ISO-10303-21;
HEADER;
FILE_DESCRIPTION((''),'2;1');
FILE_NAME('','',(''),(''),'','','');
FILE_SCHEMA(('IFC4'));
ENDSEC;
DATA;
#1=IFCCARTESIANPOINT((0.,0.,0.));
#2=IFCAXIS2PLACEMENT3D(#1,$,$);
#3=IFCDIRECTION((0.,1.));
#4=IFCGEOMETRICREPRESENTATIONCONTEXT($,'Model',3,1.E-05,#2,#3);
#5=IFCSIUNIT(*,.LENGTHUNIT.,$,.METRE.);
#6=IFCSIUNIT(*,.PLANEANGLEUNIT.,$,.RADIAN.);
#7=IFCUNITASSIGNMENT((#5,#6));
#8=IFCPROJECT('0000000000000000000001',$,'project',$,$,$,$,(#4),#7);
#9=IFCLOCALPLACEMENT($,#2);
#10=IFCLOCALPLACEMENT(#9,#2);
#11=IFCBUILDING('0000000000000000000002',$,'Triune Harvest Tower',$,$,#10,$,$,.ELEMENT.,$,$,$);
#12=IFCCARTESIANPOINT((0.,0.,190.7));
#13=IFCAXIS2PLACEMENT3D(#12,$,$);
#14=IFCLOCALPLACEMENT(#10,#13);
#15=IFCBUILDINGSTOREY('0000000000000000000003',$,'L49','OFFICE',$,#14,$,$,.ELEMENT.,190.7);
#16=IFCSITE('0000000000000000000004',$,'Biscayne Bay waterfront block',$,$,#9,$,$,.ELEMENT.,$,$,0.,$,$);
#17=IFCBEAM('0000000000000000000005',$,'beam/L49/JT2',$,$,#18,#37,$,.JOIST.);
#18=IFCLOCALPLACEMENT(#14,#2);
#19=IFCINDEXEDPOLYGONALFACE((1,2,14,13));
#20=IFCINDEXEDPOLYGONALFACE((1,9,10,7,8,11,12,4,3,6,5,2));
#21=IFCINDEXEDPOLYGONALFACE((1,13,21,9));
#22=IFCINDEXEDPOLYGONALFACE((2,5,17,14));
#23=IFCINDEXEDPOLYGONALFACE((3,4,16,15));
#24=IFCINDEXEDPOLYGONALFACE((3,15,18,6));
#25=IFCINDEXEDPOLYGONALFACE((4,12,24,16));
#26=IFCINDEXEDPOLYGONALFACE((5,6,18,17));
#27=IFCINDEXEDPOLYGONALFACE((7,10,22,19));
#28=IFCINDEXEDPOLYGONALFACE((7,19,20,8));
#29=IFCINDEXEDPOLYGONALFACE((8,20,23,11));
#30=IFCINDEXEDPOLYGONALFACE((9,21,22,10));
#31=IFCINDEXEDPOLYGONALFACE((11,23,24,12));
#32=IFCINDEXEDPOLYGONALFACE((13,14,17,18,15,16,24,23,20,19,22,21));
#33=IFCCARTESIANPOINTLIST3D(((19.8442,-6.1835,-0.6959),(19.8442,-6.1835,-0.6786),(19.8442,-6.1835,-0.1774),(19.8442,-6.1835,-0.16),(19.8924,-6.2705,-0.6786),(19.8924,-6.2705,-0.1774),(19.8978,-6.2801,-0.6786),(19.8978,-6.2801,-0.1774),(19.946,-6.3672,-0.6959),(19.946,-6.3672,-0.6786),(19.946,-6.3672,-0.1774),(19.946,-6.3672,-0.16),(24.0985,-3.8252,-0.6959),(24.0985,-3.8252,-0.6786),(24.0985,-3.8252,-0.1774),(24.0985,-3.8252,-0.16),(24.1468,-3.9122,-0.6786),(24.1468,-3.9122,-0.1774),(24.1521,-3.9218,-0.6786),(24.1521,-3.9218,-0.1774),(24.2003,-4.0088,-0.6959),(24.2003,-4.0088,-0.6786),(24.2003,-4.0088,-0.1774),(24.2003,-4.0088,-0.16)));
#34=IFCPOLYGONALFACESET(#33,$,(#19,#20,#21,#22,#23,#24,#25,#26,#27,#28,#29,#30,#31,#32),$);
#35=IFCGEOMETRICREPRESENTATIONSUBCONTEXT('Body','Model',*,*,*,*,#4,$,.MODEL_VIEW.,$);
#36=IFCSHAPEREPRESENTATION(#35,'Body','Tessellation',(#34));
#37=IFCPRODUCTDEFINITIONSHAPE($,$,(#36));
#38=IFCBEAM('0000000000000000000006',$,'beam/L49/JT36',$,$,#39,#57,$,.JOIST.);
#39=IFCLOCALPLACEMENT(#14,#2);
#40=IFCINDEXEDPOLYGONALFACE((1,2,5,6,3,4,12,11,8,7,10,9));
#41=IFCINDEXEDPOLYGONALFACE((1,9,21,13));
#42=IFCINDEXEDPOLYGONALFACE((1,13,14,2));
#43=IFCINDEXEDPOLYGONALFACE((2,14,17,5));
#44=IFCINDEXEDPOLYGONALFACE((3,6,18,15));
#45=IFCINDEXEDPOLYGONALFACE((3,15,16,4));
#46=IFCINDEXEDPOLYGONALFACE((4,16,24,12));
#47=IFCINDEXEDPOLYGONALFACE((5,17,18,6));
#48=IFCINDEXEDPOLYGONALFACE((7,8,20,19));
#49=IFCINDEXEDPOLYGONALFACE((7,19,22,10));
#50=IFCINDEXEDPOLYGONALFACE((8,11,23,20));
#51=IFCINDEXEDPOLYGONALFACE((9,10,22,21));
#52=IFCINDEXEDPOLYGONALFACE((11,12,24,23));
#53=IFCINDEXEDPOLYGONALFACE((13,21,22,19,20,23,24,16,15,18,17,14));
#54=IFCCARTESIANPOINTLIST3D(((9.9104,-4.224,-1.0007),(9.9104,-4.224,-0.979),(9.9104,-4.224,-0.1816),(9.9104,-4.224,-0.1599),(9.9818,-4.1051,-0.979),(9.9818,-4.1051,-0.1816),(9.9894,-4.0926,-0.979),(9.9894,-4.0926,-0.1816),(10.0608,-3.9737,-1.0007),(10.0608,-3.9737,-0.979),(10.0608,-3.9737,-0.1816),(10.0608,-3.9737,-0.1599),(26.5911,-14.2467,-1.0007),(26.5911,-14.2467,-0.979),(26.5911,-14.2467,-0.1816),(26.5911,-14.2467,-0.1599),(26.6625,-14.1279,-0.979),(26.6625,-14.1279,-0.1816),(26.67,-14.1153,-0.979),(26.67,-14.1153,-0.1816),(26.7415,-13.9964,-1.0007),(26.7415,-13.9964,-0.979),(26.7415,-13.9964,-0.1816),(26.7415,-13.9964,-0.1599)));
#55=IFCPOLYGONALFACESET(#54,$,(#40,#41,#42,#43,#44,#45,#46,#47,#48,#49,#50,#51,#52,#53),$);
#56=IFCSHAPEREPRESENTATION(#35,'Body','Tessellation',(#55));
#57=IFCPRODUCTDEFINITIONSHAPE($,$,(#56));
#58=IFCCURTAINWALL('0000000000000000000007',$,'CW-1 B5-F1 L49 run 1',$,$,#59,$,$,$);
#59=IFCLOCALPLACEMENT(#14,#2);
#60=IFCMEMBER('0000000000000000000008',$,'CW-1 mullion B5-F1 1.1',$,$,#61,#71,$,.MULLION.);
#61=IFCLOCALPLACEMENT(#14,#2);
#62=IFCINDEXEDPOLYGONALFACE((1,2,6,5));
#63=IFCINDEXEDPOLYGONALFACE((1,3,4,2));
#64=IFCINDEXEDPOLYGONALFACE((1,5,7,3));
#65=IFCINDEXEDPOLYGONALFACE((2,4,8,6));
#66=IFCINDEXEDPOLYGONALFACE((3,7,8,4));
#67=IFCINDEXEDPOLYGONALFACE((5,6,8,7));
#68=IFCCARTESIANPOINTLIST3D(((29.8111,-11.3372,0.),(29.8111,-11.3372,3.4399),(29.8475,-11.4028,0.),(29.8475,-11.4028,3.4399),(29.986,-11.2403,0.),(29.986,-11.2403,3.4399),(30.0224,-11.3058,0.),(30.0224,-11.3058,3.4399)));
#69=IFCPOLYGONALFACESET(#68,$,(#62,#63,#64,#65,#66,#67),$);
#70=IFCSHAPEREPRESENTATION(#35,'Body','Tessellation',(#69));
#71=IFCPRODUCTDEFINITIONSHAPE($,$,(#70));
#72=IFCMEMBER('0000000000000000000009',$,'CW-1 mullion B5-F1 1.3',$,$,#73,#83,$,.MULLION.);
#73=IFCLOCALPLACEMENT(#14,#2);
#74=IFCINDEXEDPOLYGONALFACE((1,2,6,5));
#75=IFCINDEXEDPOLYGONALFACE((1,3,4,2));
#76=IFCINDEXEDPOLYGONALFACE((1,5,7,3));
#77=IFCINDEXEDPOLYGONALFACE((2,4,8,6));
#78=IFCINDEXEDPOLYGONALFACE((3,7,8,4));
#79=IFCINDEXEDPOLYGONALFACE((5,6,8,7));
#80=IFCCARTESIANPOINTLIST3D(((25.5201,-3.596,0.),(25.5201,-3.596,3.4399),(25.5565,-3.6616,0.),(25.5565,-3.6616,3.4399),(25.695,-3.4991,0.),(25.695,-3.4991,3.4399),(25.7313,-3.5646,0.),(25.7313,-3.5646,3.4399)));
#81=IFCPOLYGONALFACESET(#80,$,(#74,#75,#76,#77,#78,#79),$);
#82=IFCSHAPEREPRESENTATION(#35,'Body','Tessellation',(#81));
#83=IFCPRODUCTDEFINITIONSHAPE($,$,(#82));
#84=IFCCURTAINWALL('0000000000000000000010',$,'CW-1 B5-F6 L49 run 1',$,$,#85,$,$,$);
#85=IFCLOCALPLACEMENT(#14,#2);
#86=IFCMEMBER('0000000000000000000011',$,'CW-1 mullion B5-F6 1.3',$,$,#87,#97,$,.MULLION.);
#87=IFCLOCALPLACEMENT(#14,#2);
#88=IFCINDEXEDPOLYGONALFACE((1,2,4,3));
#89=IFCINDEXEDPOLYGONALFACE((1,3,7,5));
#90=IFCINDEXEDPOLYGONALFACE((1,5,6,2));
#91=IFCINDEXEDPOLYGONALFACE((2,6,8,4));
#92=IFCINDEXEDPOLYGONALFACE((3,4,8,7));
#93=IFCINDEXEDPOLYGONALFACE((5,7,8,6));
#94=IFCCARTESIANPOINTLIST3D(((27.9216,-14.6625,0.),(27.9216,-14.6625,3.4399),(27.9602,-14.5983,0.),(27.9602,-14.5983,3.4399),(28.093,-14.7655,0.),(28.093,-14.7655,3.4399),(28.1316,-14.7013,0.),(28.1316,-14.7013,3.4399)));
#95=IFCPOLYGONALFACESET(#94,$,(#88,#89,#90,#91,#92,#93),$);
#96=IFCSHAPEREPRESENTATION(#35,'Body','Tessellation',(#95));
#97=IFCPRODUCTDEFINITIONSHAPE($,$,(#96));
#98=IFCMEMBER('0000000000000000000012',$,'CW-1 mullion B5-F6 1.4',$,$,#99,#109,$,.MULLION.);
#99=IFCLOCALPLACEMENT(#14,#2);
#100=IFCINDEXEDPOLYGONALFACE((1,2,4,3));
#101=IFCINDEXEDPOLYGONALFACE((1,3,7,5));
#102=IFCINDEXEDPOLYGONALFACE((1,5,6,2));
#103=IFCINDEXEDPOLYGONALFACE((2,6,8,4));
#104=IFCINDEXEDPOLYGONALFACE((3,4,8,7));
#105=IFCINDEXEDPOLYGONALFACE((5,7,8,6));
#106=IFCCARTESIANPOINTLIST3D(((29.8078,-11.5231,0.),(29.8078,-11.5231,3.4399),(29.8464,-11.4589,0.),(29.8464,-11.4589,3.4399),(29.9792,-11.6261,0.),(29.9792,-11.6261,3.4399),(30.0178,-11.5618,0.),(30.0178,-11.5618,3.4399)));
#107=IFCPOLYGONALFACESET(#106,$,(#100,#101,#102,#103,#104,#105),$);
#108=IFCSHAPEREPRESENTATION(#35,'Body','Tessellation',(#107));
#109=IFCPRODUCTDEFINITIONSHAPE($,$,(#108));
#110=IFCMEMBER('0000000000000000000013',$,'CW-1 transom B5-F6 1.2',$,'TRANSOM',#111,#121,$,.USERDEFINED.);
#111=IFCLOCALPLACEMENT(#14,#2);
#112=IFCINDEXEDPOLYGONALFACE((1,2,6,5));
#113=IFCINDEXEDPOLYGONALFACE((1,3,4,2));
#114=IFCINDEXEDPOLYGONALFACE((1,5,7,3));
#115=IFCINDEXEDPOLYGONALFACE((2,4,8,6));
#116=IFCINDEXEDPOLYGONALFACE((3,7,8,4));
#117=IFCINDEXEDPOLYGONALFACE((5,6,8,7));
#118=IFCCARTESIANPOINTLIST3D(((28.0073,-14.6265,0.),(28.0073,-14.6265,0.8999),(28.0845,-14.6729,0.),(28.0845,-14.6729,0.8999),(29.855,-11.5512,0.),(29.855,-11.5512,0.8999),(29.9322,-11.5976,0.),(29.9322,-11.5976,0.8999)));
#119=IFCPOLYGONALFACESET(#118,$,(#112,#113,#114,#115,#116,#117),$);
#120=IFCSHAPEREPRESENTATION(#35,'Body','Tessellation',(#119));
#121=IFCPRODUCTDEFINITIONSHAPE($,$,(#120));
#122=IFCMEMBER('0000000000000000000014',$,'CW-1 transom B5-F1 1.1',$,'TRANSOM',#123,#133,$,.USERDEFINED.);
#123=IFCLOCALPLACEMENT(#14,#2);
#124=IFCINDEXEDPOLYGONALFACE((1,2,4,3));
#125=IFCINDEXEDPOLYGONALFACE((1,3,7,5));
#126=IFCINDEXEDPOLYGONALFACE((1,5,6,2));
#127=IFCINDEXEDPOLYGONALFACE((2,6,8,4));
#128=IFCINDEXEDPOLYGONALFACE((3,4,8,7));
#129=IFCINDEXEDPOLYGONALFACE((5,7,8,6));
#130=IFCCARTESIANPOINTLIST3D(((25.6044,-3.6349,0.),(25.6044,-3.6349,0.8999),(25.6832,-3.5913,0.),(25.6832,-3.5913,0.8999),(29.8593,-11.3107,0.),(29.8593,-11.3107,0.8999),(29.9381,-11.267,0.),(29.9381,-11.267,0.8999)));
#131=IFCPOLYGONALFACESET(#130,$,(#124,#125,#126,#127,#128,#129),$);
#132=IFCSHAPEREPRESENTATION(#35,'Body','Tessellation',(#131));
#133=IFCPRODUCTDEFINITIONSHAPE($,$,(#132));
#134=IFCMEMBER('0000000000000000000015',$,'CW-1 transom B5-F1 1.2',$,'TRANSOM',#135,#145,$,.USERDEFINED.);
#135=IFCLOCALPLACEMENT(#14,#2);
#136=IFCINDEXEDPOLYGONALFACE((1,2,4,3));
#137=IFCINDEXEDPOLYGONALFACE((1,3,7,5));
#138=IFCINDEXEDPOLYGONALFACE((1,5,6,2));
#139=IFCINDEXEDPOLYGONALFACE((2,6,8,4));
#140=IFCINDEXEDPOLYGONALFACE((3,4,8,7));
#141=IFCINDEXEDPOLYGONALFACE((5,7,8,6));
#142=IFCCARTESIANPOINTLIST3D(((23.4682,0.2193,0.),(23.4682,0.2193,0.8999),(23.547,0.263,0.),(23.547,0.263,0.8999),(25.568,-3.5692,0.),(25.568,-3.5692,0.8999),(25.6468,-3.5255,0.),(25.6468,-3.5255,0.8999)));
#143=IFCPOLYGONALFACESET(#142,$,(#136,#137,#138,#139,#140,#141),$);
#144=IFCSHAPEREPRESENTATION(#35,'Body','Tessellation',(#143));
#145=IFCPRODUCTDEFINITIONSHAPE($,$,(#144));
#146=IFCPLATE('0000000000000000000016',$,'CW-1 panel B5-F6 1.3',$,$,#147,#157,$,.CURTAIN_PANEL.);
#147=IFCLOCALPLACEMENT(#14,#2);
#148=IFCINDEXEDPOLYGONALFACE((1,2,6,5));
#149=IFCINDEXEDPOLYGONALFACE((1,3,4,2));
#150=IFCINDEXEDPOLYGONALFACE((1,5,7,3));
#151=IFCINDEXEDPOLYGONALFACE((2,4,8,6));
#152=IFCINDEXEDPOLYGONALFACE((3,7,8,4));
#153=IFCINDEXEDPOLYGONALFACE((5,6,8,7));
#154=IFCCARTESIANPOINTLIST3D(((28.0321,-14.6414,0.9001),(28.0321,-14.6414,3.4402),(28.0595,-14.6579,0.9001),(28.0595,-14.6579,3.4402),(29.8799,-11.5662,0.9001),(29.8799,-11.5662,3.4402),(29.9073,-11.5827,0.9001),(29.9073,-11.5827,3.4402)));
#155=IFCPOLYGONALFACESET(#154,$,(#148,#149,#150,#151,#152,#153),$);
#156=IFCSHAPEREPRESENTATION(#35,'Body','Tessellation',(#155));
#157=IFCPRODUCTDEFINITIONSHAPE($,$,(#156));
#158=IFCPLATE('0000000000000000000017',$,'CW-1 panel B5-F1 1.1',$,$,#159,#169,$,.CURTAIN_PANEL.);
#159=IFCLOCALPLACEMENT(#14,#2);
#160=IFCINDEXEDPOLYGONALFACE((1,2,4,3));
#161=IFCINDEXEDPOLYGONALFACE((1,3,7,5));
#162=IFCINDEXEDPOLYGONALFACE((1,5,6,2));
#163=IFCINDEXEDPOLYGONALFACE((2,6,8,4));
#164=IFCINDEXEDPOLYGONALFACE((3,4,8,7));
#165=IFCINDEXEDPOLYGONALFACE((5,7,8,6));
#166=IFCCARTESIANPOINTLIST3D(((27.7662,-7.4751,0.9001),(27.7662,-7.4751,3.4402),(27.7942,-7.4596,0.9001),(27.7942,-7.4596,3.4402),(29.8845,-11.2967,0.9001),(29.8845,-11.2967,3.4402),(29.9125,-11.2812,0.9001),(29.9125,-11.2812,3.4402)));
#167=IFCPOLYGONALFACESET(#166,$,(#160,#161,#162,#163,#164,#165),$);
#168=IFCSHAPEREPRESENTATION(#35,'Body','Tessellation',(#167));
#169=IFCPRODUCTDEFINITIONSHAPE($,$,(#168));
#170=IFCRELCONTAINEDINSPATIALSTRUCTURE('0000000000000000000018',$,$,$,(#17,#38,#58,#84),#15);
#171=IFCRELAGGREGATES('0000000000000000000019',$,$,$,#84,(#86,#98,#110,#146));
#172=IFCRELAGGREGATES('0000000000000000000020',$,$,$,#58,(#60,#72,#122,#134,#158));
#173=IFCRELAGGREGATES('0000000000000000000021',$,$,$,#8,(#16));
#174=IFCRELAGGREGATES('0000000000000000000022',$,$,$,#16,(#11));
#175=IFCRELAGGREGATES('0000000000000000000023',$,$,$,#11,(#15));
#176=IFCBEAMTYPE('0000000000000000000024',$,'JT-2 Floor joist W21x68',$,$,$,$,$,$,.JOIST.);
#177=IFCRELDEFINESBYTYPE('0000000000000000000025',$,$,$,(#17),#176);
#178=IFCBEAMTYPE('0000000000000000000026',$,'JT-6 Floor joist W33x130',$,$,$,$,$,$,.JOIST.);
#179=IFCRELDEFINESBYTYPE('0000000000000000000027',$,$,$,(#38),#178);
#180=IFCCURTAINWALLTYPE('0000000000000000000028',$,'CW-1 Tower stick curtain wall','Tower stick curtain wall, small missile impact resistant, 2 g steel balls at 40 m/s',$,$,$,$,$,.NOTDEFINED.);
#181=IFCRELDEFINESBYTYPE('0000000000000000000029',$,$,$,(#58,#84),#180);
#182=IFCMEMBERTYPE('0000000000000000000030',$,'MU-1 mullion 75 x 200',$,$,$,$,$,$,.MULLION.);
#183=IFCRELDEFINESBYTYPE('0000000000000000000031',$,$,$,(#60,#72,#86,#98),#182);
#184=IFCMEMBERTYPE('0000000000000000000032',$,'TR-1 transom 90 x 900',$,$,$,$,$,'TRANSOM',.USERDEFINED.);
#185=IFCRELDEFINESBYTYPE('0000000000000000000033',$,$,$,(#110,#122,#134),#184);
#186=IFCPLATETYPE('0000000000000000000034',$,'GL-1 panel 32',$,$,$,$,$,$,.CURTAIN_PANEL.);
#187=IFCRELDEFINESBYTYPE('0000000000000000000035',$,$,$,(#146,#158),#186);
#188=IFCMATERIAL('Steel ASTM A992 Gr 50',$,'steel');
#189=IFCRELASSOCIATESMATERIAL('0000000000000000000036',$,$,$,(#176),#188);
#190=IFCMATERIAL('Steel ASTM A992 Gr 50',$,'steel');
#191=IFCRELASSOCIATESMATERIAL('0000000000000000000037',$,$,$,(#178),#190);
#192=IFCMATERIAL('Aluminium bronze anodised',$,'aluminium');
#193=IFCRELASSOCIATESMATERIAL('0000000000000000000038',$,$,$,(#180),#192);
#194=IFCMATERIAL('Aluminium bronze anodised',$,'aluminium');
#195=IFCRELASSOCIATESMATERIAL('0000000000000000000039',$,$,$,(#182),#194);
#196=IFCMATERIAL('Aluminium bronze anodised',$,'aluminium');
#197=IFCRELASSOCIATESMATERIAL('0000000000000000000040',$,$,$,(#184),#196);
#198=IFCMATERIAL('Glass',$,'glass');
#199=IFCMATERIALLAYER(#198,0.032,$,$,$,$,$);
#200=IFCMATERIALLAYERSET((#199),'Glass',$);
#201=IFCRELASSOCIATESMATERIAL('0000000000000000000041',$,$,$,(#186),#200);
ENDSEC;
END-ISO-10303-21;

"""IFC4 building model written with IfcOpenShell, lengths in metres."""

from ifc_helpers import new_model, si_unit, direction, frame, origin, origin_2d, place, context, subcontext, project, spatial, rectangle, i_section, extrude, source, transform, mapped, material, layer, layer_set, material_profile, profile_set, type_object, element, aggregate, save


model = new_model("IFC4")

# Units and contexts
model_context = context("Model", 3, precision=1e-05, world=origin(), true_north=direction((0.0, 1.0)))
body_context = subcontext(model_context, "Body", "Model", "MODEL_VIEW")
ifc_project = project(units=[si_unit("LENGTHUNIT", "METRE"), si_unit("PLANEANGLEUNIT", "RADIAN")], contexts=[model_context])

# Site, building, storey
site_placement = place(None, origin())
site = spatial("IfcSite", under=ifc_project, at=site_placement, Name="Biscayne Bay waterfront block", CompositionType="ELEMENT", RefElevation=0.0)
building_placement = place(site_placement, origin())
building = spatial("IfcBuilding", under=site, at=building_placement, Name="Triune Harvest Tower", CompositionType="ELEMENT")
storey_placement = place(building_placement, frame((0.0, 0.0, 190.7)))
storey = spatial("IfcBuildingStorey", under=building, at=storey_placement, Name="L49", Description="OFFICE", CompositionType="ELEMENT", Elevation=190.7)

# Beams
ifc_material_1 = material(Name="Steel ASTM A992 Gr 50", Category="steel")
ifc_material_profile_1 = material_profile(ifc_material_1, i_section(OverallWidth=0.21, OverallDepth=0.5359, WebThickness=0.011, FlangeThickness=0.0173, at=origin_2d()), Name="W21x68")
ifc_profile_set_1 = profile_set([ifc_material_profile_1], Name="Steel ASTM A992 Gr 50")
beam_type_1 = type_object("IfcBeamType", Name="JT-2 Floor joist W21x68", PredefinedType="JOIST", material=ifc_profile_set_1)
shared_shape_1 = source(origin(), body_context, "Body", "SweptSolid", [
    extrude(i_section(OverallWidth=0.21, OverallDepth=0.5359, WebThickness=0.011, FlangeThickness=0.0173, at=origin_2d()), origin(), (0.0, 0.0, 1.0), 4.8643),
])
beam_1_placement = place(storey_placement, frame((24.1494, -3.917, -0.428), z_axis=(-0.874607, -0.484833, 0.0), x_axis=(0.484833, -0.874607, 0.0)))
element("IfcBeam", 1, at=beam_1_placement, inside=storey, type_object=beam_type_1, Name="beam/L49/JT2", PredefinedType="JOIST", context=body_context, shape_type="MappedRepresentation", body=[
    mapped(shared_shape_1, transform((0.0, 0.0, 0.0), scale=1.0)),
])
ifc_material_2 = material(Name="Steel ASTM A992 Gr 50", Category="steel")
ifc_material_profile_2 = material_profile(ifc_material_2, i_section(OverallWidth=0.292, OverallDepth=0.8408, WebThickness=0.0146, FlangeThickness=0.0217, at=origin_2d()), Name="W33x130")
ifc_profile_set_2 = profile_set([ifc_material_profile_2], Name="Steel ASTM A992 Gr 50")
beam_type_2 = type_object("IfcBeamType", Name="JT-6 Floor joist W33x130", PredefinedType="JOIST", material=ifc_profile_set_2)
shared_shape_2 = source(origin(), body_context, "Body", "SweptSolid", [
    extrude(i_section(OverallWidth=0.292, OverallDepth=0.8408, WebThickness=0.0146, FlangeThickness=0.0217, at=origin_2d()), origin(), (0.0, 0.0, 1.0), 19.4602),
])
beam_2_placement = place(storey_placement, frame((26.6663, -14.1216, -0.5803), z_axis=(-0.857168, 0.515036, 0.0), x_axis=(-0.515036, -0.857168, 0.0)))
element("IfcBeam", 2, at=beam_2_placement, inside=storey, type_object=beam_type_2, Name="beam/L49/JT36", PredefinedType="JOIST", context=body_context, shape_type="MappedRepresentation", body=[
    mapped(shared_shape_2, transform((0.0, 0.0, 0.0), scale=1.0)),
])

# Curtain walls, members
ifc_material_3 = material(Name="Aluminium bronze anodised", Category="aluminium")
curtain_wall_type = type_object("IfcCurtainWallType", Name="CW-1 Tower stick curtain wall", Description="Tower stick curtain wall, small missile impact resistant, 2 g steel balls at 40 m/s", PredefinedType="NOTDEFINED", material=ifc_material_3)
curtain_wall_1_placement = place(storey_placement, origin())
curtain_wall_1 = element("IfcCurtainWall", 3, at=curtain_wall_1_placement, inside=storey, type_object=curtain_wall_type, Name="CW-1 B5-F1 L49 run 1")
ifc_material_4 = material(Name="Aluminium bronze anodised", Category="aluminium")
ifc_material_profile_3 = material_profile(ifc_material_4, rectangle(XDim=0.2, YDim=0.075, at=origin_2d()), Name="MU-1 mullion 75 x 200")
ifc_profile_set_3 = profile_set([ifc_material_profile_3], Name="Aluminium bronze anodised")
member_type_1 = type_object("IfcMemberType", Name="MU-1 mullion 75 x 200", PredefinedType="MULLION", material=ifc_profile_set_3)
shared_shape_3 = source(origin(), body_context, "Body", "SweptSolid", [
    extrude(rectangle(XDim=0.2, YDim=0.075, at=origin_2d()), origin(), (0.0, 0.0, 1.0), 3.4399),
])
member_1_placement = place(storey_placement, frame((29.9167, -11.3215, 0.0), z_axis=(0.0, 0.0, 1.0), x_axis=(-0.874621, -0.484808, 0.0)))
member_1 = element("IfcMember", 4, at=member_1_placement, type_object=member_type_1, Name="CW-1 mullion B5-F1 1.1", PredefinedType="MULLION", context=body_context, shape_type="MappedRepresentation", body=[
    mapped(shared_shape_3, transform((0.0, 0.0, 0.0), scale=1.0)),
])
member_2_placement = place(storey_placement, frame((25.6257, -3.5803, 0.0), z_axis=(0.0, 0.0, 1.0), x_axis=(-0.874621, -0.484808, 0.0)))
member_2 = element("IfcMember", 5, at=member_2_placement, type_object=member_type_1, Name="CW-1 mullion B5-F1 1.3", PredefinedType="MULLION", context=body_context, shape_type="MappedRepresentation", body=[
    mapped(shared_shape_3, transform((0.0, 0.0, 0.0), scale=1.0)),
])
curtain_wall_2_placement = place(storey_placement, origin())
curtain_wall_2 = element("IfcCurtainWall", 6, at=curtain_wall_2_placement, inside=storey, type_object=curtain_wall_type, Name="CW-1 B5-F6 L49 run 1")
member_3_placement = place(storey_placement, frame((28.0266, -14.6819, 0.0), z_axis=(0.0, 0.0, 1.0), x_axis=(-0.857168, 0.515037, 0.0)))
member_3 = element("IfcMember", 7, at=member_3_placement, type_object=member_type_1, Name="CW-1 mullion B5-F6 1.3", PredefinedType="MULLION", context=body_context, shape_type="MappedRepresentation", body=[
    mapped(shared_shape_3, transform((0.0, 0.0, 0.0), scale=1.0)),
])
member_4_placement = place(storey_placement, frame((29.9128, -11.5425, 0.0), z_axis=(0.0, 0.0, 1.0), x_axis=(-0.857168, 0.515037, 0.0)))
member_4 = element("IfcMember", 8, at=member_4_placement, type_object=member_type_1, Name="CW-1 mullion B5-F6 1.4", PredefinedType="MULLION", context=body_context, shape_type="MappedRepresentation", body=[
    mapped(shared_shape_3, transform((0.0, 0.0, 0.0), scale=1.0)),
])
ifc_material_5 = material(Name="Aluminium bronze anodised", Category="aluminium")
ifc_material_profile_4 = material_profile(ifc_material_5, rectangle(XDim=0.0901, YDim=0.8999, at=origin_2d()), Name="TR-1 transom 90 x 900")
ifc_profile_set_4 = profile_set([ifc_material_profile_4], Name="Aluminium bronze anodised")
member_type_2 = type_object("IfcMemberType", Name="TR-1 transom 90 x 900", ElementType="TRANSOM", PredefinedType="USERDEFINED", material=ifc_profile_set_4)
shared_shape_4 = source(origin(), body_context, "Body", "SweptSolid", [
    extrude(rectangle(XDim=0.0901, YDim=0.8999, at=origin_2d()), origin(), (0.0, 0.0, 1.0), 3.5876),
])
member_5_placement = place(storey_placement, frame((28.0459, -14.6497, 0.45), z_axis=(0.515016, 0.857181, 0.0), x_axis=(-0.857181, 0.515016, 0.0)))
member_5 = element("IfcMember", 9, at=member_5_placement, type_object=member_type_2, Name="CW-1 transom B5-F6 1.2", ObjectType="TRANSOM", PredefinedType="USERDEFINED", context=body_context, shape_type="MappedRepresentation", body=[
    mapped(shared_shape_4, transform((0.0, 0.0, 0.0), scale=1.0)),
])

# Members
shared_shape_5 = source(origin(), body_context, "Body", "SweptSolid", [
    extrude(rectangle(XDim=0.0901, YDim=0.8999, at=origin_2d()), origin(), (0.0, 0.0, 1.0), 8.7761),
])
member_6_placement = place(storey_placement, frame((29.8987, -11.2888, 0.45), z_axis=(-0.484821, 0.874614, 0.0), x_axis=(-0.874614, -0.484821, 0.0)))
member_6 = element("IfcMember", 10, at=member_6_placement, type_object=member_type_2, Name="CW-1 transom B5-F1 1.1", ObjectType="TRANSOM", PredefinedType="USERDEFINED", context=body_context, shape_type="MappedRepresentation", body=[
    mapped(shared_shape_5, transform((0.0, 0.0, 0.0), scale=1.0)),
])
shared_shape_6 = source(origin(), body_context, "Body", "SweptSolid", [
    extrude(rectangle(XDim=0.0901, YDim=0.8999, at=origin_2d()), origin(), (0.0, 0.0, 1.0), 4.3315),
])
member_7_placement = place(storey_placement, frame((25.6074, -3.5474, 0.45), z_axis=(-0.484777, 0.874638, 0.0), x_axis=(-0.874638, -0.484777, 0.0)))
member_7 = element("IfcMember", 11, at=member_7_placement, type_object=member_type_2, Name="CW-1 transom B5-F1 1.2", ObjectType="TRANSOM", PredefinedType="USERDEFINED", context=body_context, shape_type="MappedRepresentation", body=[
    mapped(shared_shape_6, transform((0.0, 0.0, 0.0), scale=1.0)),
])

# Plates
ifc_material_6 = material(Name="Glass", Category="glass")
ifc_layer_1 = layer(ifc_material_6, 0.032)
ifc_layer_set_1 = layer_set([ifc_layer_1], Name="Glass")
plate_type = type_object("IfcPlateType", Name="GL-1 panel 32", PredefinedType="CURTAIN_PANEL", material=ifc_layer_set_1)
shared_shape_7 = source(origin(), body_context, "Body", "SweptSolid", [
    extrude(rectangle(XDim=3.5876, YDim=0.032, at=origin_2d()), origin(), (0.0, 0.0, 1.0), 2.54),
])
plate_1_placement = place(storey_placement, frame((28.9697, -13.1121, 0.9001), z_axis=(0.0, 0.0, 1.0), x_axis=(0.515037, 0.857168, 0.0)))
plate_1 = element("IfcPlate", 12, at=plate_1_placement, type_object=plate_type, Name="CW-1 panel B5-F6 1.3", PredefinedType="CURTAIN_PANEL", context=body_context, shape_type="MappedRepresentation", body=[
    mapped(shared_shape_7, transform((0.0, 0.0, 0.0), scale=1.0)),
])
aggregate(curtain_wall_2, [member_3, member_4, member_5, plate_1])
shared_shape_8 = source(origin(), body_context, "Body", "SweptSolid", [
    extrude(rectangle(XDim=4.3694, YDim=0.032, at=origin_2d()), origin(), (0.0, 0.0, 1.0), 2.54),
])
plate_2_placement = place(storey_placement, frame((28.8394, -9.3782, 0.9001), z_axis=(0.0, 0.0, 1.0), x_axis=(-0.484808, 0.874621, 0.0)))
plate_2 = element("IfcPlate", 13, at=plate_2_placement, type_object=plate_type, Name="CW-1 panel B5-F1 1.1", PredefinedType="CURTAIN_PANEL", context=body_context, shape_type="MappedRepresentation", body=[
    mapped(shared_shape_8, transform((0.0, 0.0, 0.0), scale=1.0)),
])
aggregate(curtain_wall_1, [member_1, member_2, member_6, member_7, plate_2])

save(model, "model.ifc")
